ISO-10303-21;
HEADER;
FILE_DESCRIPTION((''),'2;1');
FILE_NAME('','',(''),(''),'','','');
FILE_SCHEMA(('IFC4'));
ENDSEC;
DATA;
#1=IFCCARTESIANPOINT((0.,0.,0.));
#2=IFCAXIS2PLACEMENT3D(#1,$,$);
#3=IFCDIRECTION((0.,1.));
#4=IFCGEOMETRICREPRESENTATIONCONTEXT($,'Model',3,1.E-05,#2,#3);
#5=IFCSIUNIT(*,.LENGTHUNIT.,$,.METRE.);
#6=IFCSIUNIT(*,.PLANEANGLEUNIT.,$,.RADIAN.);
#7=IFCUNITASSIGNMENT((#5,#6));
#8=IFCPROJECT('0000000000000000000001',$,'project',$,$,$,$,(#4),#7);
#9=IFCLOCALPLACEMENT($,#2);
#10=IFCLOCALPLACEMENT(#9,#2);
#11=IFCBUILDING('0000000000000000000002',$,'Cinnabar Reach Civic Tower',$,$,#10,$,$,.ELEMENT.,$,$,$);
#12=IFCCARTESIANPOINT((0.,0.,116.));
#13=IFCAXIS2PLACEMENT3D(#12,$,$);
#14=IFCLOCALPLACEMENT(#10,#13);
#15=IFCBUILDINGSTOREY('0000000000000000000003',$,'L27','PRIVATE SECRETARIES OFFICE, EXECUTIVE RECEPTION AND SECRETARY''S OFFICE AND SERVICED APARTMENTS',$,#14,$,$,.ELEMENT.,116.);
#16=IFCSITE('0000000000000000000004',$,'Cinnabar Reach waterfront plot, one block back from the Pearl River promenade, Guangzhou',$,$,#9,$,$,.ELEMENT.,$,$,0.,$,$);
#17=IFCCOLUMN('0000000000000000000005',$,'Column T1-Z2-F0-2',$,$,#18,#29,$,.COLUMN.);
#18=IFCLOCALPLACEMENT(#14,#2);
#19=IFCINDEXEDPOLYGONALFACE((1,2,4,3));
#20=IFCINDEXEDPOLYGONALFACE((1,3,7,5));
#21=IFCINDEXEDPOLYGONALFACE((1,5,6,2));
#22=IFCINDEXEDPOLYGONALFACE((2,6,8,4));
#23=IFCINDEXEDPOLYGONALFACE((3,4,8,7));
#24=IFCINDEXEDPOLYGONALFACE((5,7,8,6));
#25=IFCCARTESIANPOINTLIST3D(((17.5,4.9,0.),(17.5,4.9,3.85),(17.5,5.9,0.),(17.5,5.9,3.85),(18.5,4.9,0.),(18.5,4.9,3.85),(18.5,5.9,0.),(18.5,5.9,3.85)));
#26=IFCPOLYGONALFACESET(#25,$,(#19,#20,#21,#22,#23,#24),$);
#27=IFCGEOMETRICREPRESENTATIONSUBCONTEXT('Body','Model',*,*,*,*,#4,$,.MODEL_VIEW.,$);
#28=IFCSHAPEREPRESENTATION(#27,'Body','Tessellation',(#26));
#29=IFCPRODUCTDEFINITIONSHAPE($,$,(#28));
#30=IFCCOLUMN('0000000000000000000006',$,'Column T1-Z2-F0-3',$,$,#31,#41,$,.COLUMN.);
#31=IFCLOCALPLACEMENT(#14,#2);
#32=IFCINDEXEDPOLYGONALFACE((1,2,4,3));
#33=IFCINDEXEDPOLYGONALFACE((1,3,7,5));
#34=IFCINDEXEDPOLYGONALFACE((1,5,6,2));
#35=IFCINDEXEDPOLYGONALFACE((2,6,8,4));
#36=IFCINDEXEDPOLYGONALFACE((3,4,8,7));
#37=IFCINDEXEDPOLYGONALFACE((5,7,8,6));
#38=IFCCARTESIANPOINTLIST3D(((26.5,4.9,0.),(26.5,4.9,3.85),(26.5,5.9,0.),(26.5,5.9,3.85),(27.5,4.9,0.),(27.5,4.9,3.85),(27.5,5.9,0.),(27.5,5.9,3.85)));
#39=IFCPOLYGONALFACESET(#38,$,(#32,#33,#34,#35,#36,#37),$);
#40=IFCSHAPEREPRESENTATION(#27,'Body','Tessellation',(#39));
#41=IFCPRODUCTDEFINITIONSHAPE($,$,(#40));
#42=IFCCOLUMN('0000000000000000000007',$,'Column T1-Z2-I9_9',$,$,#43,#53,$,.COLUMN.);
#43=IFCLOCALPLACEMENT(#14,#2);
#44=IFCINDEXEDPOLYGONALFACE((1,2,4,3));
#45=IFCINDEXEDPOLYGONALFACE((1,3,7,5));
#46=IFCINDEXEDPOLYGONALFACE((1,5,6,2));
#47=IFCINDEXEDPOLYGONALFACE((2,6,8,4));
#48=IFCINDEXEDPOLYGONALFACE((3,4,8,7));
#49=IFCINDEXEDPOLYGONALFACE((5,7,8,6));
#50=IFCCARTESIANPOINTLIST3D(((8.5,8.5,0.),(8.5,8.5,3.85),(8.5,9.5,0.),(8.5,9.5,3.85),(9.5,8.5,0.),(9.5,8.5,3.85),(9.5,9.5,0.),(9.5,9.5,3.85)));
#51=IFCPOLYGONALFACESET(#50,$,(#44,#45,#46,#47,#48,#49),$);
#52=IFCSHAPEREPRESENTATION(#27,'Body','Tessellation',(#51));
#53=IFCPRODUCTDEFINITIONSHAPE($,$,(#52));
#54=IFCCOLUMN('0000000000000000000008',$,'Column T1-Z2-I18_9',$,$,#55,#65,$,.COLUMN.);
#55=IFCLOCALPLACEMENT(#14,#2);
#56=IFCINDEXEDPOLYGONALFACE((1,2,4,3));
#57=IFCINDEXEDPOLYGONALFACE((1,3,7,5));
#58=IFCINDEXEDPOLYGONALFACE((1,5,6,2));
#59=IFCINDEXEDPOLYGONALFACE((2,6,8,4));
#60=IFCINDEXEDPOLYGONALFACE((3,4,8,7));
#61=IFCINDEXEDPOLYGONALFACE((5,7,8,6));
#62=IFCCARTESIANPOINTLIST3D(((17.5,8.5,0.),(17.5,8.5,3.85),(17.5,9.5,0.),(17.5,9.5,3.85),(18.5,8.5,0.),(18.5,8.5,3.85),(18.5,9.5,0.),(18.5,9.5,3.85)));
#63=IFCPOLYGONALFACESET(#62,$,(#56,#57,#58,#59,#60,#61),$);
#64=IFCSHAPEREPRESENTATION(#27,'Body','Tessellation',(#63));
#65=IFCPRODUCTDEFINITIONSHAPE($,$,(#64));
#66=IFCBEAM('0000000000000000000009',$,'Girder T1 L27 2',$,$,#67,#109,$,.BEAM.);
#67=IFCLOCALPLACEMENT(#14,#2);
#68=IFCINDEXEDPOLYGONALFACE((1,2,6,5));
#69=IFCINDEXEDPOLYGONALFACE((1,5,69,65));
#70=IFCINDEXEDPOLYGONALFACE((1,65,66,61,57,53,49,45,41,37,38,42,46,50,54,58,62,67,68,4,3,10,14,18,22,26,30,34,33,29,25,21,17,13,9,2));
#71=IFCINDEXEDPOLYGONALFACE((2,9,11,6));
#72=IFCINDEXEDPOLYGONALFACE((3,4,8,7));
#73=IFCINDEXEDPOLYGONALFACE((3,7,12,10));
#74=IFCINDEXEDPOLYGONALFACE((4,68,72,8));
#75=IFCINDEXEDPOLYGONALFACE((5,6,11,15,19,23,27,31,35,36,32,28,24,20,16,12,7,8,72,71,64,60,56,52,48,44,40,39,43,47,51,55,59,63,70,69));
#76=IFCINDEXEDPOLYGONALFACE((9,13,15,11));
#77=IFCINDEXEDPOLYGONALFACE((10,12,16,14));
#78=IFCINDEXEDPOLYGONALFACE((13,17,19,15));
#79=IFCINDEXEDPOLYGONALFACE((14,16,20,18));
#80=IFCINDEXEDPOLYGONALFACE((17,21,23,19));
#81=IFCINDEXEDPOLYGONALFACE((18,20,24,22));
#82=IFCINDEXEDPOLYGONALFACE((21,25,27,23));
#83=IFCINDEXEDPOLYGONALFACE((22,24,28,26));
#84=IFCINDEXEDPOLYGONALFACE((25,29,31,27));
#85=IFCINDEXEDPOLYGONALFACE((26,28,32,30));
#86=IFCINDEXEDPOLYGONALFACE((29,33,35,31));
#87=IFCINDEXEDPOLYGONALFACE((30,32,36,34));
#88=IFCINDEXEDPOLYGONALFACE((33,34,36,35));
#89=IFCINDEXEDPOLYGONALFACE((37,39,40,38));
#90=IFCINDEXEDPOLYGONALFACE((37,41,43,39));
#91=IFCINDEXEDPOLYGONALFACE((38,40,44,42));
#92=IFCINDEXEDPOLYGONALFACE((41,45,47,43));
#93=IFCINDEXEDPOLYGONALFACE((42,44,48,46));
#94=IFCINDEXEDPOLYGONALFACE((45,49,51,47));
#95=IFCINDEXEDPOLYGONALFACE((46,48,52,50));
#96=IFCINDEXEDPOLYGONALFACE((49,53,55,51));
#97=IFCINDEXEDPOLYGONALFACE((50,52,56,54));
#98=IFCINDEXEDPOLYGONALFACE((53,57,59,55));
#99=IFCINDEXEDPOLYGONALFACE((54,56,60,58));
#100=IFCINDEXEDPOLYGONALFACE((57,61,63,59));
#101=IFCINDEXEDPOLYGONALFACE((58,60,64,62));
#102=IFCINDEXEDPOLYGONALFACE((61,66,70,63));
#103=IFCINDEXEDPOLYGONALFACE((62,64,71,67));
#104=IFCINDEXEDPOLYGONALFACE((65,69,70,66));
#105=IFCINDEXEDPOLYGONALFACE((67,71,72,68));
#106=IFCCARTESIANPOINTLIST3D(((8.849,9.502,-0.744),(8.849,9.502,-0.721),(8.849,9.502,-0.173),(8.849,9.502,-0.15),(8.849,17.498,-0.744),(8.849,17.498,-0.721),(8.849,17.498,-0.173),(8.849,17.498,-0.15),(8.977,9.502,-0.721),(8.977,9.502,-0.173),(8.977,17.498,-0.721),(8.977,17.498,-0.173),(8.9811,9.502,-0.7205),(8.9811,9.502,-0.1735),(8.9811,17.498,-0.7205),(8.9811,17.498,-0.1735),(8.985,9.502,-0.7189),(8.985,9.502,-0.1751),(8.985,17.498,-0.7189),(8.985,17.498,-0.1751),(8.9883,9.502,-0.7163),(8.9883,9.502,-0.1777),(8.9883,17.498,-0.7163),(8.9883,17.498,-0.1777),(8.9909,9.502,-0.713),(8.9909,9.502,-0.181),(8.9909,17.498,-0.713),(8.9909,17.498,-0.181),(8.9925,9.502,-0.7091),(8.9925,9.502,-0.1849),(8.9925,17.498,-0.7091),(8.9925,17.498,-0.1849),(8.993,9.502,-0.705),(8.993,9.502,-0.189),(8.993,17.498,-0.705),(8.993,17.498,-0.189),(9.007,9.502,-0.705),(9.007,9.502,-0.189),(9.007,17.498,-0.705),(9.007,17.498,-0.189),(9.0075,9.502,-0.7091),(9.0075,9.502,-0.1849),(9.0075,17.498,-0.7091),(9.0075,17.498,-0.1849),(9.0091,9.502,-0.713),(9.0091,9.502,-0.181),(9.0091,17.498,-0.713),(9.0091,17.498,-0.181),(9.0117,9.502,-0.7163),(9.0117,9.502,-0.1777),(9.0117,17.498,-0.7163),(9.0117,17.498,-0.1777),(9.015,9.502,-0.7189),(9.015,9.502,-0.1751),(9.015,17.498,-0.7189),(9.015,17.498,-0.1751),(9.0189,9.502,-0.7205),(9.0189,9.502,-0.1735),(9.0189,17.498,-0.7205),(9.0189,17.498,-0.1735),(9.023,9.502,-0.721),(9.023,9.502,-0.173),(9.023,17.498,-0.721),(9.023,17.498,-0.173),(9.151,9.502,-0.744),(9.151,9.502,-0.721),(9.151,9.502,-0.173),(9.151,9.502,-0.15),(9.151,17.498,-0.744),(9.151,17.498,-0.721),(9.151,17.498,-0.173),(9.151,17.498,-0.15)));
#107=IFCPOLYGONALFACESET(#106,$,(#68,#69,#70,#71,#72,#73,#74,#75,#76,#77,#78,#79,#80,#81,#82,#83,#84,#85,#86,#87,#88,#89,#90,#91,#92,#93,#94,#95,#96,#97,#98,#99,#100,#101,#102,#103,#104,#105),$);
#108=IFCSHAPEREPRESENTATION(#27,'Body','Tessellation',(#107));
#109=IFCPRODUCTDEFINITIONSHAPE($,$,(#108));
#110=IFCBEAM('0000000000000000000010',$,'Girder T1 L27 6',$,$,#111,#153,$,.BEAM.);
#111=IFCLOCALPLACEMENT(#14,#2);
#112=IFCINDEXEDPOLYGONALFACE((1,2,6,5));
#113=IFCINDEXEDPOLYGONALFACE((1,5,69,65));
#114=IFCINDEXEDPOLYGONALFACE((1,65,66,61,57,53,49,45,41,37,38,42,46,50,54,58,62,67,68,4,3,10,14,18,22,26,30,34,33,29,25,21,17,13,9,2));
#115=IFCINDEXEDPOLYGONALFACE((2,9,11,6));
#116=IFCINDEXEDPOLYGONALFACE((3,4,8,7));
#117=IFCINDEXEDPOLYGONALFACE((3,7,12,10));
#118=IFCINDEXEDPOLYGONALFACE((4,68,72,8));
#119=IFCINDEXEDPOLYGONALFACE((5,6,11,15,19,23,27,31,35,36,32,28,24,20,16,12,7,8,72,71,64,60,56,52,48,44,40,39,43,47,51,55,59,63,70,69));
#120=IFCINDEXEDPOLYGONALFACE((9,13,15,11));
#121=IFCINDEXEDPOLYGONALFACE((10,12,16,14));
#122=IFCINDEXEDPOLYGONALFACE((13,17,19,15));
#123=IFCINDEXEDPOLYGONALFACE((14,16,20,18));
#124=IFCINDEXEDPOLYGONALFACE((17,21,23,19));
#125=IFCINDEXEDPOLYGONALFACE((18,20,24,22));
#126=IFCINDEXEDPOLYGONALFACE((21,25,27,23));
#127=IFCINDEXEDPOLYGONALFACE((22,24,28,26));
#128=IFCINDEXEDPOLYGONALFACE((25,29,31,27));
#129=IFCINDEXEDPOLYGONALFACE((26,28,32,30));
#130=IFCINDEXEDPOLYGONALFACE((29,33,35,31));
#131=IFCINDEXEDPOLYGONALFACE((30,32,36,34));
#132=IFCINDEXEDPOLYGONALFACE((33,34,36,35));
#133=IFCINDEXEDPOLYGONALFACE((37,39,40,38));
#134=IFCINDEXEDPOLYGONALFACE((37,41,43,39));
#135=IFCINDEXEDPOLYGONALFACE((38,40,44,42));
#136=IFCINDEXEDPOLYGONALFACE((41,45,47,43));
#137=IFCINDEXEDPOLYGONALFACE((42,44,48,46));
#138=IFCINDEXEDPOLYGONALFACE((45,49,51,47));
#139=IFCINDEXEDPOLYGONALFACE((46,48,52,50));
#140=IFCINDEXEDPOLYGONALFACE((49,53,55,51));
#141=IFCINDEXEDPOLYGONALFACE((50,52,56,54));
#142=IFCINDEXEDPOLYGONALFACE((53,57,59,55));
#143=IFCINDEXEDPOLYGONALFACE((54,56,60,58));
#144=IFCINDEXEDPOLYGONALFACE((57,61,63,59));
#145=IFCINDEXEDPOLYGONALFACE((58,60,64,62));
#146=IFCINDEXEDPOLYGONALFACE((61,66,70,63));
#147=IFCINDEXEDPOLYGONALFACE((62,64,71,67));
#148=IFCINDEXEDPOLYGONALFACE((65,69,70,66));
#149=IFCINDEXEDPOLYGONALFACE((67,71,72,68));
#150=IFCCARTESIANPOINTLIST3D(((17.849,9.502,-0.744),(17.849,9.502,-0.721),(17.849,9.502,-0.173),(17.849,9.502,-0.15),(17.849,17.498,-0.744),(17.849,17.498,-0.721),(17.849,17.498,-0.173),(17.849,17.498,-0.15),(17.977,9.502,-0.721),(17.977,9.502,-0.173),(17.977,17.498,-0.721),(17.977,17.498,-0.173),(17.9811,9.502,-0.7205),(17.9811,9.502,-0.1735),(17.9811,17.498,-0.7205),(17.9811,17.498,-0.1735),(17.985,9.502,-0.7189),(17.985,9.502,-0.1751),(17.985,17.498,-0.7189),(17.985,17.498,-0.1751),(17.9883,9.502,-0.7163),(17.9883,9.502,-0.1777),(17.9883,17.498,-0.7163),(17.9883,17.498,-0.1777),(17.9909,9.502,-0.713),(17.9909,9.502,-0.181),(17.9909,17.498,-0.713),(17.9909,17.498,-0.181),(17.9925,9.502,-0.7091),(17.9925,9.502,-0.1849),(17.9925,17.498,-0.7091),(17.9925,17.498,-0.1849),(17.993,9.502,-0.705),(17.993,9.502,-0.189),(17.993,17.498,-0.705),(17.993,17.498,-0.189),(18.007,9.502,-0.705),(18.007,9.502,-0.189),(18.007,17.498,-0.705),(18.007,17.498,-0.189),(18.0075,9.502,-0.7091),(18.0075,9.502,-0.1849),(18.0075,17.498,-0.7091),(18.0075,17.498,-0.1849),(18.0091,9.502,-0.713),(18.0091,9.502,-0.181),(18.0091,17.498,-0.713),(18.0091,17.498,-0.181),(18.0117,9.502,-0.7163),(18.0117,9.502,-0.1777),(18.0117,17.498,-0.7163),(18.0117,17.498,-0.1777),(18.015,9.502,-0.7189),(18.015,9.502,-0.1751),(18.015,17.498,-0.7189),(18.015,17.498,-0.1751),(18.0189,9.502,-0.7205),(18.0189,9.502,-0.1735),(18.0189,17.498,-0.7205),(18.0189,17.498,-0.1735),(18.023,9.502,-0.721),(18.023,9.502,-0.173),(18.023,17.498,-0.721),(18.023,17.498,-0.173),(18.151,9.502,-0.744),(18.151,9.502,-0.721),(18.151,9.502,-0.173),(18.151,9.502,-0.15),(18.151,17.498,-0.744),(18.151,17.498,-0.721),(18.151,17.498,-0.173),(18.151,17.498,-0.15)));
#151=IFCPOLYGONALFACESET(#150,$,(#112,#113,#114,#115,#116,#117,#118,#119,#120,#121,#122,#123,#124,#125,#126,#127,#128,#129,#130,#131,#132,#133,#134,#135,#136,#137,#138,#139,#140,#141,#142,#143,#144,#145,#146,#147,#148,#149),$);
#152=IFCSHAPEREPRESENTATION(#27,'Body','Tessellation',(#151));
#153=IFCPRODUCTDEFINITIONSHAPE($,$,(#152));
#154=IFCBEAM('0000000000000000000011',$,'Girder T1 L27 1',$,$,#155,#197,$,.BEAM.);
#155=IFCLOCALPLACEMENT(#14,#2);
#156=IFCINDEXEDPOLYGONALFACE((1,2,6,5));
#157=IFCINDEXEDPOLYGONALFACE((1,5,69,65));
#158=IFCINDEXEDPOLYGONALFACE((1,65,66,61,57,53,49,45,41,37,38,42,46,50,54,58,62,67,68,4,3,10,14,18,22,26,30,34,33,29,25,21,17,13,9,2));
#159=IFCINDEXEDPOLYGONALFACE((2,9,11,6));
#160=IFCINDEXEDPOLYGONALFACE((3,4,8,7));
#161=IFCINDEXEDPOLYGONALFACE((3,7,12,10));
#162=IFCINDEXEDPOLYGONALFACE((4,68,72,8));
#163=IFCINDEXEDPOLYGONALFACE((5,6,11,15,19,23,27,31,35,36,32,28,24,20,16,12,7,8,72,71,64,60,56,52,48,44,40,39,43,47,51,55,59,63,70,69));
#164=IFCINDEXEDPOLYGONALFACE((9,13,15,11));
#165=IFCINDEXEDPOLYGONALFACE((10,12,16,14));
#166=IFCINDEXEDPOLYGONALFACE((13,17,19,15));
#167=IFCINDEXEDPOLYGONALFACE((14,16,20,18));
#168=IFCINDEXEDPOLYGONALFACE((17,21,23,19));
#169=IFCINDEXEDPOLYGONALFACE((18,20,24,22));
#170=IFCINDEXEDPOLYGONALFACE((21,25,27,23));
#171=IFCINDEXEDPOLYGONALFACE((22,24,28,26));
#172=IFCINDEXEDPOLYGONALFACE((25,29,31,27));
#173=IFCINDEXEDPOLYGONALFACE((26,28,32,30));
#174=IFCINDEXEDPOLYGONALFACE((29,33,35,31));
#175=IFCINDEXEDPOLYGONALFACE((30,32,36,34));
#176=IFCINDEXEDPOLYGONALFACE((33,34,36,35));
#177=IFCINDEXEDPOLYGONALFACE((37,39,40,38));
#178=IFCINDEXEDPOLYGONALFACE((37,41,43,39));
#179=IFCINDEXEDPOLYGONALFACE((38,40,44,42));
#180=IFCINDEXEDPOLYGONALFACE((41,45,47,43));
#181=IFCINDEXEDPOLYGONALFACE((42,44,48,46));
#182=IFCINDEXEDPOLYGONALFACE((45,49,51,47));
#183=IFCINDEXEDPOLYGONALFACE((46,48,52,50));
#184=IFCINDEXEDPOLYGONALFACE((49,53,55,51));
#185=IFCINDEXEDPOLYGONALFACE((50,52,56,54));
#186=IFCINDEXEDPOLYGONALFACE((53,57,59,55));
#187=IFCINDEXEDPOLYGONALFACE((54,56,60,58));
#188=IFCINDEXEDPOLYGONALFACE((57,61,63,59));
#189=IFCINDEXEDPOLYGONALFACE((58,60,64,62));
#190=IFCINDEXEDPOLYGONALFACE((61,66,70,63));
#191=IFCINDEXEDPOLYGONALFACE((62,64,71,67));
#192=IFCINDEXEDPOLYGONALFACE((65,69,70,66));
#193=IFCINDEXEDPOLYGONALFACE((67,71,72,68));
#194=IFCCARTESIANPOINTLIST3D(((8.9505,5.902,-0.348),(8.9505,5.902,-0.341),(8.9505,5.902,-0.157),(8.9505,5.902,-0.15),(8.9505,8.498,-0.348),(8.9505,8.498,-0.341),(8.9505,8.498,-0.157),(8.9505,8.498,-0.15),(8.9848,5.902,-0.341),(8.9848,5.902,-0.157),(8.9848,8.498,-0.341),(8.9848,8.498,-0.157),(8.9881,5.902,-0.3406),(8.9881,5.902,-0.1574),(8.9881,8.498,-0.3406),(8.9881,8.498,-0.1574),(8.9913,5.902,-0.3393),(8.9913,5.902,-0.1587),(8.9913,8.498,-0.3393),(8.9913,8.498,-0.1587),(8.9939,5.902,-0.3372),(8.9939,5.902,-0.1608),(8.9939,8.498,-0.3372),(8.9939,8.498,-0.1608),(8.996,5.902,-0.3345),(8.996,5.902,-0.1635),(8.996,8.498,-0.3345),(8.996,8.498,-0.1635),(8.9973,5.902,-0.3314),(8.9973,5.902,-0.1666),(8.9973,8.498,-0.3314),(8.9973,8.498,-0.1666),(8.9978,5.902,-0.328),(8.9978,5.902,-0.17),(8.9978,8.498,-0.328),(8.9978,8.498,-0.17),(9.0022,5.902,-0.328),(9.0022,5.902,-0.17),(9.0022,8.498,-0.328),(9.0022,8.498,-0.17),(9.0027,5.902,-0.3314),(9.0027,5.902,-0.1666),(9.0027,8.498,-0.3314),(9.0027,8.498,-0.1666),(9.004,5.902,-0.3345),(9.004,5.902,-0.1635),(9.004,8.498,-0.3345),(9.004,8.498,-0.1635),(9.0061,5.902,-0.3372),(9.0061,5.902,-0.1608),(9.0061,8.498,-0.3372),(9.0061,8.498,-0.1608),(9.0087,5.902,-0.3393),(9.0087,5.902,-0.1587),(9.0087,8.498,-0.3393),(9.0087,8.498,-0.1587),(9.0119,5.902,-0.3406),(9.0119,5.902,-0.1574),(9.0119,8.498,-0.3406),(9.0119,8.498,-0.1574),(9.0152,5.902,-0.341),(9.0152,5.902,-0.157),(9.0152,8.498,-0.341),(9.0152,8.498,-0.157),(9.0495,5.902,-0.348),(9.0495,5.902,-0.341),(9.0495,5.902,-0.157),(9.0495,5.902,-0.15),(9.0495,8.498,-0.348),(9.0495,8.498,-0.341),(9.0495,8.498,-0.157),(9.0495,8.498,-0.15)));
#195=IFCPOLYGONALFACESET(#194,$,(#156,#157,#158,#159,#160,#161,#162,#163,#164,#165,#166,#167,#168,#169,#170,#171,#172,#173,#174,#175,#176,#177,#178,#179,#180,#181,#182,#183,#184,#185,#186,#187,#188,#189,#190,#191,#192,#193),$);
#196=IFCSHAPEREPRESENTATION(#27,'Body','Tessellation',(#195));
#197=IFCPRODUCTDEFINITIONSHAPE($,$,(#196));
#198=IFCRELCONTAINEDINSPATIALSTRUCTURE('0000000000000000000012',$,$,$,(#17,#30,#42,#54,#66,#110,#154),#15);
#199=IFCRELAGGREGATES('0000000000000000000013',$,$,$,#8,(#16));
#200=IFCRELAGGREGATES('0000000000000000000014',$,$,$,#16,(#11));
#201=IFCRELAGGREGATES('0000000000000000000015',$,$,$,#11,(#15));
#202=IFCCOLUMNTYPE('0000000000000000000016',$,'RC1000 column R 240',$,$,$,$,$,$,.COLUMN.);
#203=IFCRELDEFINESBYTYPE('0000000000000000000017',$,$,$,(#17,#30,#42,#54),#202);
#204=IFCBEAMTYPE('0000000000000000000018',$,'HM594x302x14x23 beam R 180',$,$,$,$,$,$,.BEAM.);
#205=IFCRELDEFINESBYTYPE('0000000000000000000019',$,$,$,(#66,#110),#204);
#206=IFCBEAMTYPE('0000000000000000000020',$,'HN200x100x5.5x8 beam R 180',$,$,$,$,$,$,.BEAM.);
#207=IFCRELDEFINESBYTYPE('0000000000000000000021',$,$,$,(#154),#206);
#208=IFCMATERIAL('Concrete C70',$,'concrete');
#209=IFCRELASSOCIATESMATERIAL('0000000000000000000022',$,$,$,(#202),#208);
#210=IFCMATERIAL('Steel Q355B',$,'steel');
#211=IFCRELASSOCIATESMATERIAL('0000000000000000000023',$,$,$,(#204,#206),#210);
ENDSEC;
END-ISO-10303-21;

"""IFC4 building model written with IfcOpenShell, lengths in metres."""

from ifc_helpers import new_model, si_unit, direction, frame, origin, origin_2d, place, context, subcontext, project, spatial, rectangle, i_section, extrude, material, material_profile, profile_set, type_object, element, save


model = new_model("IFC4")

# Units and contexts
model_context = context("Model", 3, precision=1e-05, world=origin(), true_north=direction((0.0, 1.0)))
body_context = subcontext(model_context, "Body", "Model", "MODEL_VIEW")
ifc_project = project(units=[si_unit("LENGTHUNIT", "METRE"), si_unit("PLANEANGLEUNIT", "RADIAN")], contexts=[model_context])

# Site, building, storey
site_placement = place(None, origin())
site = spatial("IfcSite", under=ifc_project, at=site_placement, Name="Cinnabar Reach waterfront plot, one block back from the Pearl River promenade, Guangzhou", CompositionType="ELEMENT", RefElevation=0.0)
building_placement = place(site_placement, origin())
building = spatial("IfcBuilding", under=site, at=building_placement, Name="Cinnabar Reach Civic Tower", CompositionType="ELEMENT")
storey_placement = place(building_placement, frame((0.0, 0.0, 116.0)))
storey = spatial("IfcBuildingStorey", under=building, at=storey_placement, Name="L27", Description="PRIVATE SECRETARIES OFFICE, EXECUTIVE RECEPTION AND SECRETARY'S OFFICE AND SERVICED APARTMENTS", CompositionType="ELEMENT", Elevation=116.0)

# Columns
ifc_material_1 = material(Name="Concrete C70", Category="concrete")
ifc_material_profile_1 = material_profile(ifc_material_1, rectangle(XDim=1.0, YDim=1.0, at=origin_2d()), Name="RC1000")
ifc_profile_set_1 = profile_set([ifc_material_profile_1], Name="Concrete C70")
column_type = type_object("IfcColumnType", Name="RC1000 column R 240", PredefinedType="COLUMN", material=ifc_profile_set_1)
for number, where, z_axis, x_axis, name in (
    (1, (18.0, 5.4, 0.0), (0.0, 0.0, 1.0), (1.0, 0.0, 0.0), "Column T1-Z2-F0-2"),
    (2, (27.0, 5.4, 0.0), (0.0, 0.0, 1.0), (1.0, 0.0, 0.0), "Column T1-Z2-F0-3"),
    (3, (9.0, 9.0, 0.0), (0.0, 0.0, 1.0), (1.0, 0.0, 0.0), "Column T1-Z2-I9_9"),
    (4, (18.0, 9.0, 0.0), (0.0, 0.0, 1.0), (1.0, 0.0, 0.0), "Column T1-Z2-I18_9"),
):
    element("IfcColumn", number, at=place(storey_placement, frame(where, z_axis=z_axis, x_axis=x_axis)), inside=storey, type_object=column_type, Name=name, PredefinedType="COLUMN", context=body_context, shape_type="SweptSolid", body=[
        extrude(rectangle(XDim=1.0, YDim=1.0, at=origin_2d()), origin(), (0.0, 0.0, 1.0), 3.85),
    ])

# Beams
ifc_material_2 = material(Name="Steel Q355B", Category="steel")
ifc_material_profile_2 = material_profile(ifc_material_2, i_section(OverallWidth=0.302, OverallDepth=0.594, WebThickness=0.014, FlangeThickness=0.023, FilletRadius=0.016, at=origin_2d()), Name="HM594x302x14x23")
ifc_profile_set_2 = profile_set([ifc_material_profile_2], Name="Steel Q355B")
beam_type_1 = type_object("IfcBeamType", Name="HM594x302x14x23 beam R 180", PredefinedType="BEAM", material=ifc_profile_set_2)
for number, where, z_axis, x_axis, name in (
    (5, (9.0, 9.502, -0.447), (0.0, 1.0, 0.0), (-1.0, 0.0, 0.0), "Girder T1 L27 2"),
    (6, (18.0, 9.502, -0.447), (0.0, 1.0, 0.0), (-1.0, 0.0, 0.0), "Girder T1 L27 6"),
):
    element("IfcBeam", number, at=place(storey_placement, frame(where, z_axis=z_axis, x_axis=x_axis)), inside=storey, type_object=beam_type_1, Name=name, PredefinedType="BEAM", context=body_context, shape_type="SweptSolid", body=[
        extrude(i_section(OverallWidth=0.302, OverallDepth=0.594, WebThickness=0.014, FlangeThickness=0.023, FilletRadius=0.016, at=origin_2d()), origin(), (0.0, 0.0, 1.0), 7.996),
    ])
ifc_material_profile_3 = material_profile(ifc_material_2, i_section(OverallWidth=0.099, OverallDepth=0.198, WebThickness=0.0045, FlangeThickness=0.007, FilletRadius=0.013, at=origin_2d()), Name="HN200x100x5.5x8")
ifc_profile_set_3 = profile_set([ifc_material_profile_3], Name="Steel Q355B")
beam_type_2 = type_object("IfcBeamType", Name="HN200x100x5.5x8 beam R 180", PredefinedType="BEAM", material=ifc_profile_set_3)
for number, where, z_axis, x_axis, name in (
    (7, (9.0, 5.902, -0.249), (0.0, 1.0, 0.0), (-1.0, 0.0, 0.0), "Girder T1 L27 1"),
):
    element("IfcBeam", number, at=place(storey_placement, frame(where, z_axis=z_axis, x_axis=x_axis)), inside=storey, type_object=beam_type_2, Name=name, PredefinedType="BEAM", context=body_context, shape_type="SweptSolid", body=[
        extrude(i_section(OverallWidth=0.099, OverallDepth=0.198, WebThickness=0.0045, FlangeThickness=0.007, FilletRadius=0.013, at=origin_2d()), origin(), (0.0, 0.0, 1.0), 2.596),
    ])

save(model, "model.ifc")
